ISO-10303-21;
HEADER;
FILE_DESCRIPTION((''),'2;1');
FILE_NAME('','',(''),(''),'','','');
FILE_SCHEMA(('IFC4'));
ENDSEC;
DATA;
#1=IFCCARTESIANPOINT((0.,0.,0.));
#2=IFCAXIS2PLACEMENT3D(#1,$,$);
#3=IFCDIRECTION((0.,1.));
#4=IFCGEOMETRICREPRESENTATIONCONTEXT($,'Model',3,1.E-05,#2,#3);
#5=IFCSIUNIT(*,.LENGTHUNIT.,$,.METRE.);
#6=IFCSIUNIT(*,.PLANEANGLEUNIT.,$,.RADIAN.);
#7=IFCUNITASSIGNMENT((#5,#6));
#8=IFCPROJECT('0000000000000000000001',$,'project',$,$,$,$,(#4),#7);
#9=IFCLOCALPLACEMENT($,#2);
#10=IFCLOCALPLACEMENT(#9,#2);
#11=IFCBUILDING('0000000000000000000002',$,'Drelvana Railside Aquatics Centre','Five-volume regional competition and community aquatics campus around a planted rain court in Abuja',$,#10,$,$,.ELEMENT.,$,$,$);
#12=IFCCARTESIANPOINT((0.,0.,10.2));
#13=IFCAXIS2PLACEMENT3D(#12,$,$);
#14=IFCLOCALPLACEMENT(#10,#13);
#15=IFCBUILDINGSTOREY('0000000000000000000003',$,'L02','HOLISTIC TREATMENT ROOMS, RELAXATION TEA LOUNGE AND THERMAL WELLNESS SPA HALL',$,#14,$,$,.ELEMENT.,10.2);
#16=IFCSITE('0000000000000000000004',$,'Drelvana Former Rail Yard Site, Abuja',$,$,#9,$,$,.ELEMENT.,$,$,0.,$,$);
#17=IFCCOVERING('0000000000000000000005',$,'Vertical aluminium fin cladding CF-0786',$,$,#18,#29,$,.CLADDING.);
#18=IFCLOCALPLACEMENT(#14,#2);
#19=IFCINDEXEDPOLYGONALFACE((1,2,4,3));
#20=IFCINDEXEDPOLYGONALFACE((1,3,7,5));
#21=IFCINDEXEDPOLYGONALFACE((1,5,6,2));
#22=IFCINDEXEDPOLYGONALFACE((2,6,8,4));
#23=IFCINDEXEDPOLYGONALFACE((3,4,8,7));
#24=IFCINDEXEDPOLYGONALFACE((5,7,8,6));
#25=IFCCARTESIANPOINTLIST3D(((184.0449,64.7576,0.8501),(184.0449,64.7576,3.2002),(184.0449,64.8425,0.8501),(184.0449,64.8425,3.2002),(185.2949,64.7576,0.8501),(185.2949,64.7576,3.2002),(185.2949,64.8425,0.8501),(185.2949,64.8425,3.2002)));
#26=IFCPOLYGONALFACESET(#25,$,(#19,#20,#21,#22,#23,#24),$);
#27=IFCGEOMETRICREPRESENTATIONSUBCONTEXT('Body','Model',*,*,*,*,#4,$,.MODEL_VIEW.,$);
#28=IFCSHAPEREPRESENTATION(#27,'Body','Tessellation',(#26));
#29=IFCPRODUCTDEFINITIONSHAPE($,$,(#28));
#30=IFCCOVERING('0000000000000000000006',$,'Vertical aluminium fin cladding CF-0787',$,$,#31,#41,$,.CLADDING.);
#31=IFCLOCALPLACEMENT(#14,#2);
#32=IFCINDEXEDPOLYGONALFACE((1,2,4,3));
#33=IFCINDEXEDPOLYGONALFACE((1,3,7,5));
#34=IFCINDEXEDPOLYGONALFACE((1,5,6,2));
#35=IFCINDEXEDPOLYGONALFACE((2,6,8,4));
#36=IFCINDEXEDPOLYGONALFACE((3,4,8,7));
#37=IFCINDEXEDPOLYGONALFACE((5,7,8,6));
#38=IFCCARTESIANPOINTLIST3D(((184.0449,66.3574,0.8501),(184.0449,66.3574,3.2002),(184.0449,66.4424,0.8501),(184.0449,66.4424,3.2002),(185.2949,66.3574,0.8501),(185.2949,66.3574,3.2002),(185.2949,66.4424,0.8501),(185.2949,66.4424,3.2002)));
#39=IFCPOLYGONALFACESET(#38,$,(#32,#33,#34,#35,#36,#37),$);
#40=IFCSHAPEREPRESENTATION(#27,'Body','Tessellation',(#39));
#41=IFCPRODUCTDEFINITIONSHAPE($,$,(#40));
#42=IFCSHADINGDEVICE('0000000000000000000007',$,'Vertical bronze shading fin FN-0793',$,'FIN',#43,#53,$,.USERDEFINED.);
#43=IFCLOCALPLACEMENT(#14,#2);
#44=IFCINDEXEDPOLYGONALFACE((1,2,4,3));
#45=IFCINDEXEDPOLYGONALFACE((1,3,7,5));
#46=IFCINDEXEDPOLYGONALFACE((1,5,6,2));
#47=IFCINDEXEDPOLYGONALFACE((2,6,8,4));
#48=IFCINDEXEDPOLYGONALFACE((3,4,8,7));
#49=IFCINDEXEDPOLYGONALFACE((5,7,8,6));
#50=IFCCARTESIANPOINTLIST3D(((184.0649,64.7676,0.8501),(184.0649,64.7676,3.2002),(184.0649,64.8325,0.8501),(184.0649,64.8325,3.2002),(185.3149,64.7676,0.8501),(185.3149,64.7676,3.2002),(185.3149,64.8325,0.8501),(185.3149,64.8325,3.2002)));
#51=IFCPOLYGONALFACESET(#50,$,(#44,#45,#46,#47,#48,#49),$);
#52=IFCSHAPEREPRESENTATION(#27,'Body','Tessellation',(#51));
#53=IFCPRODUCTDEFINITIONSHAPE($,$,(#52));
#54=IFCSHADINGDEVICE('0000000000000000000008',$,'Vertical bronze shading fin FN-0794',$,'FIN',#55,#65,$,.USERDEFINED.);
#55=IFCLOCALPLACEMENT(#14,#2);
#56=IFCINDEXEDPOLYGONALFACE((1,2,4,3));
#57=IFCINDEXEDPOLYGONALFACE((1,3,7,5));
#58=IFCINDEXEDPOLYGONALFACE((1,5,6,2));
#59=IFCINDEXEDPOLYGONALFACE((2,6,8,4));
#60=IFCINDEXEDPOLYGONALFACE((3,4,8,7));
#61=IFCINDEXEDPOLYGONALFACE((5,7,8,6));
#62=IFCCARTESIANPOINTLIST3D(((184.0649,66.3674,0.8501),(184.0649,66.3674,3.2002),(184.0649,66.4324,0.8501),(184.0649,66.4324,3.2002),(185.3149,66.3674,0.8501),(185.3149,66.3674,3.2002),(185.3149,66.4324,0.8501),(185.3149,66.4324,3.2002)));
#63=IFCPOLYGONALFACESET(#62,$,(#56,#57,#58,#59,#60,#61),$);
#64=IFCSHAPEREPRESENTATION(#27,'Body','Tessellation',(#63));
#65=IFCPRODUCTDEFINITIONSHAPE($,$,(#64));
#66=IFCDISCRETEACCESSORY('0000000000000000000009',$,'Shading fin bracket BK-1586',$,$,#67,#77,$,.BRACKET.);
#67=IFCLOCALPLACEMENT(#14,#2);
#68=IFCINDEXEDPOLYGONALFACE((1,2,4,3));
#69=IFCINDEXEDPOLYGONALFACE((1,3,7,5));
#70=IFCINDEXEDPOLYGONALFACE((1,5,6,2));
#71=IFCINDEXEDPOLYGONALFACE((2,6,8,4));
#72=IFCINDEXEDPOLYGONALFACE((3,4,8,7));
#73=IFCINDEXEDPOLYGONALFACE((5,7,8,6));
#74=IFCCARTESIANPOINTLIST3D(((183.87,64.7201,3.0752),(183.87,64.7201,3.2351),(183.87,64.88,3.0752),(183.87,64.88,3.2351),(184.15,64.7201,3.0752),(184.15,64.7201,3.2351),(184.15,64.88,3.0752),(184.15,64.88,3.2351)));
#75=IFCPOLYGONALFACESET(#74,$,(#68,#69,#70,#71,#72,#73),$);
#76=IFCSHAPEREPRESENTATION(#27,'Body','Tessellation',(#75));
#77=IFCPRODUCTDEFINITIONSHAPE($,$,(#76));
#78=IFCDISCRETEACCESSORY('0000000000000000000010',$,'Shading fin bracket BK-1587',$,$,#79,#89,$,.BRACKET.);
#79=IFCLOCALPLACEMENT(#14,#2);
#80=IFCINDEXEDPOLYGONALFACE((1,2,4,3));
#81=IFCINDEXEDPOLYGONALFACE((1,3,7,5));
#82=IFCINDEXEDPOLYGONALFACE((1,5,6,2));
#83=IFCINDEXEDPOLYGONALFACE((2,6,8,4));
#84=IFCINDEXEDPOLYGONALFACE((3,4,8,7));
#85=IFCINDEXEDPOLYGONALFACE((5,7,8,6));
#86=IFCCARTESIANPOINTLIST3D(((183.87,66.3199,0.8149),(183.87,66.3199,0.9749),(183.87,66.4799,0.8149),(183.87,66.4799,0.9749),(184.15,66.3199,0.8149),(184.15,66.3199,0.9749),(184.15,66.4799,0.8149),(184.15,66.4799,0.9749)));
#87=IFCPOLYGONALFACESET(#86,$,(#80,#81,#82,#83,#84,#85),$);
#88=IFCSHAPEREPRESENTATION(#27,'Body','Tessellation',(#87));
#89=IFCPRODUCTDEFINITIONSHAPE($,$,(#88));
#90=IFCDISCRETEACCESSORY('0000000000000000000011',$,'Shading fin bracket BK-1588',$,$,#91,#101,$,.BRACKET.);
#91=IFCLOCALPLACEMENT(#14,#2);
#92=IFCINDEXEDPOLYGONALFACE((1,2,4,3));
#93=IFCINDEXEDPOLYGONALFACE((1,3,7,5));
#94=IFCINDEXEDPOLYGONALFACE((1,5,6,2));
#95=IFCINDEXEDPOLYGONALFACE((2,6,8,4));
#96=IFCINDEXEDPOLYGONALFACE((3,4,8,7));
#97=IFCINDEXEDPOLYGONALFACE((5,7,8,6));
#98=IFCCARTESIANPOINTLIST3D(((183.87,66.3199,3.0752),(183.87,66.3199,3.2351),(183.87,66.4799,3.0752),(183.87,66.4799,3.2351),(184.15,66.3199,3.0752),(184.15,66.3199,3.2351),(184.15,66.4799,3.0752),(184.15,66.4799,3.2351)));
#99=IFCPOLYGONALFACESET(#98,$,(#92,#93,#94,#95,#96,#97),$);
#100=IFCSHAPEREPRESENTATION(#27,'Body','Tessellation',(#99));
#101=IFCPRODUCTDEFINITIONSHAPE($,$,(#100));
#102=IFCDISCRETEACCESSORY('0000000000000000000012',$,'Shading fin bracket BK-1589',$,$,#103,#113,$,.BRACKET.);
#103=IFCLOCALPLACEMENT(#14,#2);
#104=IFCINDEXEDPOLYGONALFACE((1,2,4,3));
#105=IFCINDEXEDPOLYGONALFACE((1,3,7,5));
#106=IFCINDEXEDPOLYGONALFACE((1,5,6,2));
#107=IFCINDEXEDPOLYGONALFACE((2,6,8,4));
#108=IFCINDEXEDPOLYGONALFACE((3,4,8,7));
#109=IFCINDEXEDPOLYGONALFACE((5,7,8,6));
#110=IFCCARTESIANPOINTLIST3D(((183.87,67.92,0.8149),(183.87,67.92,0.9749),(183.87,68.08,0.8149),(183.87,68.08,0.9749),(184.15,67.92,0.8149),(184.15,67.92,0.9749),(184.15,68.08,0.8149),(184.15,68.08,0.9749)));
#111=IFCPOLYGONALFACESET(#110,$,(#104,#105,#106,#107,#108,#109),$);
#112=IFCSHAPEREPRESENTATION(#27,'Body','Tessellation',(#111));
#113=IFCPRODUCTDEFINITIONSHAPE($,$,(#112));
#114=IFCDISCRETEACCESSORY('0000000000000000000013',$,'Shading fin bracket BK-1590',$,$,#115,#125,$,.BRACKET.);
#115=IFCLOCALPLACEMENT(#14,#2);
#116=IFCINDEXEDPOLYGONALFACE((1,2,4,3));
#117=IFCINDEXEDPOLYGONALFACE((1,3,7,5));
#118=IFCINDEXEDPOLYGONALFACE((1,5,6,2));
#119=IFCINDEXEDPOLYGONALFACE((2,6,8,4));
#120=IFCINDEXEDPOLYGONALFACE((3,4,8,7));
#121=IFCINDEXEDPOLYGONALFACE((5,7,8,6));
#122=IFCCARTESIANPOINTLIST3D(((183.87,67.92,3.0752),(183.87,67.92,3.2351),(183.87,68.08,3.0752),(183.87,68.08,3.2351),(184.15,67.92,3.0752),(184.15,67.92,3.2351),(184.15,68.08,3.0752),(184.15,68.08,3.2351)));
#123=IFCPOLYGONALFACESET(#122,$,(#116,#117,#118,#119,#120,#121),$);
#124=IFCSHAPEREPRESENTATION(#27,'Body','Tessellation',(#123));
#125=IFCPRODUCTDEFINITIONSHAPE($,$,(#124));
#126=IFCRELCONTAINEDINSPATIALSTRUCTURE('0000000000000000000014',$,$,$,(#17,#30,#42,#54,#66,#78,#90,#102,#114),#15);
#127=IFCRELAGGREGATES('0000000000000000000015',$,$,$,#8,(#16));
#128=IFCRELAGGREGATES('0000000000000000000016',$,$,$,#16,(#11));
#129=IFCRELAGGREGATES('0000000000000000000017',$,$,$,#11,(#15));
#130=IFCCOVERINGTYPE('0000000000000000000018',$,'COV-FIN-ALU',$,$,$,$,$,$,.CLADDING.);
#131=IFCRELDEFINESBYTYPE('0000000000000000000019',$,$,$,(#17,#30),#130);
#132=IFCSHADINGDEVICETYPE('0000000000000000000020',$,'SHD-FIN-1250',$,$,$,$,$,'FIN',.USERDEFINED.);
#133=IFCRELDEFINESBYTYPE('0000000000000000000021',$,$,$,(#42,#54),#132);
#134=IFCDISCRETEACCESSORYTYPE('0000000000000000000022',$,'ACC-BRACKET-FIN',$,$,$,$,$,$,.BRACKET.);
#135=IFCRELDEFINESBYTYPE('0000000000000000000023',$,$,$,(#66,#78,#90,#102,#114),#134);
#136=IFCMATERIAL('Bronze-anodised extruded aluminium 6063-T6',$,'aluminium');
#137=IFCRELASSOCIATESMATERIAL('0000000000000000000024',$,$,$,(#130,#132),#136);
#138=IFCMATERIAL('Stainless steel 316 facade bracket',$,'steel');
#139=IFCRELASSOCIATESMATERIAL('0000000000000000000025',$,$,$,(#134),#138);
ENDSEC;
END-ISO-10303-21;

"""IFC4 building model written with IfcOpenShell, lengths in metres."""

from ifc_helpers import new_model, si_unit, direction, frame, origin, origin_2d, place, context, subcontext, project, spatial, rectangle, extrude, material, type_object, element, save


model = new_model("IFC4")

# Units and contexts
model_context = context("Model", 3, precision=1e-05, world=origin(), true_north=direction((0.0, 1.0)))
body_context = subcontext(model_context, "Body", "Model", "MODEL_VIEW")
ifc_project = project(units=[si_unit("LENGTHUNIT", "METRE"), si_unit("PLANEANGLEUNIT", "RADIAN")], contexts=[model_context])

# Site, building, storey
site_placement = place(None, origin())
site = spatial("IfcSite", under=ifc_project, at=site_placement, Name="Drelvana Former Rail Yard Site, Abuja", CompositionType="ELEMENT", RefElevation=0.0)
building_placement = place(site_placement, origin())
building = spatial("IfcBuilding", under=site, at=building_placement, Name="Drelvana Railside Aquatics Centre", Description="Five-volume regional competition and community aquatics campus around a planted rain court in Abuja", CompositionType="ELEMENT")
storey_placement = place(building_placement, frame((0.0, 0.0, 10.2)))
storey = spatial("IfcBuildingStorey", under=building, at=storey_placement, Name="L02", Description="HOLISTIC TREATMENT ROOMS, RELAXATION TEA LOUNGE AND THERMAL WELLNESS SPA HALL", CompositionType="ELEMENT", Elevation=10.2)

# Coverings
ifc_material_1 = material(Name="Bronze-anodised extruded aluminium 6063-T6", Category="aluminium")
covering_type = type_object("IfcCoveringType", Name="COV-FIN-ALU", PredefinedType="CLADDING", material=ifc_material_1)
for number, where, z_axis, x_axis, name in (
    (1, (184.6699, 64.8, 0.8501), (0.0, 0.0, 1.0), (0.0, -1.0, 0.0), "Vertical aluminium fin cladding CF-0786"),
    (2, (184.6699, 66.3999, 0.8501), (0.0, 0.0, 1.0), (0.0, -1.0, 0.0), "Vertical aluminium fin cladding CF-0787"),
):
    element("IfcCovering", number, at=place(storey_placement, frame(where, z_axis=z_axis, x_axis=x_axis)), inside=storey, type_object=covering_type, Name=name, PredefinedType="CLADDING", context=body_context, shape_type="SweptSolid", body=[
        extrude(rectangle(XDim=0.085, YDim=1.25, at=origin_2d()), origin(), (0.0, 0.0, 1.0), 2.3501),
    ])

# Shading devices
shading_device_type = type_object("IfcShadingDeviceType", Name="SHD-FIN-1250", ElementType="FIN", PredefinedType="USERDEFINED", material=ifc_material_1)
for number, where, z_axis, x_axis, name in (
    (3, (184.6899, 64.8, 0.8501), (0.0, 0.0, 1.0), (1.0, 0.0, 0.0), "Vertical bronze shading fin FN-0793"),
    (4, (184.6899, 66.3999, 0.8501), (0.0, 0.0, 1.0), (1.0, 0.0, 0.0), "Vertical bronze shading fin FN-0794"),
):
    element("IfcShadingDevice", number, at=place(storey_placement, frame(where, z_axis=z_axis, x_axis=x_axis)), inside=storey, type_object=shading_device_type, Name=name, ObjectType="FIN", PredefinedType="USERDEFINED", context=body_context, shape_type="SweptSolid", body=[
        extrude(rectangle(XDim=1.25, YDim=0.0649, at=origin_2d()), origin(), (0.0, 0.0, 1.0), 2.3501),
    ])

# Discrete accessories
ifc_material_2 = material(Name="Stainless steel 316 facade bracket", Category="steel")
discrete_accessory_type = type_object("IfcDiscreteAccessoryType", Name="ACC-BRACKET-FIN", PredefinedType="BRACKET", material=ifc_material_2)
for number, where, z_axis, x_axis, name in (
    (5, (184.01, 64.8, 3.0752), (0.0, 0.0, 1.0), (1.0, 0.0, 0.0), "Shading fin bracket BK-1586"),
    (6, (184.01, 66.3999, 0.8149), (0.0, 0.0, 1.0), (1.0, 0.0, 0.0), "Shading fin bracket BK-1587"),
    (7, (184.01, 66.3999, 3.0752), (0.0, 0.0, 1.0), (1.0, 0.0, 0.0), "Shading fin bracket BK-1588"),
    (8, (184.01, 68.0, 0.8149), (0.0, 0.0, 1.0), (1.0, 0.0, 0.0), "Shading fin bracket BK-1589"),
    (9, (184.01, 68.0, 3.0752), (0.0, 0.0, 1.0), (1.0, 0.0, 0.0), "Shading fin bracket BK-1590"),
):
    element("IfcDiscreteAccessory", number, at=place(storey_placement, frame(where, z_axis=z_axis, x_axis=x_axis)), inside=storey, type_object=discrete_accessory_type, Name=name, PredefinedType="BRACKET", context=body_context, shape_type="SweptSolid", body=[
        extrude(rectangle(XDim=0.28, YDim=0.1599, at=origin_2d()), origin(), (0.0, 0.0, 1.0), 0.1599),
    ])

save(model, "model.ifc")
